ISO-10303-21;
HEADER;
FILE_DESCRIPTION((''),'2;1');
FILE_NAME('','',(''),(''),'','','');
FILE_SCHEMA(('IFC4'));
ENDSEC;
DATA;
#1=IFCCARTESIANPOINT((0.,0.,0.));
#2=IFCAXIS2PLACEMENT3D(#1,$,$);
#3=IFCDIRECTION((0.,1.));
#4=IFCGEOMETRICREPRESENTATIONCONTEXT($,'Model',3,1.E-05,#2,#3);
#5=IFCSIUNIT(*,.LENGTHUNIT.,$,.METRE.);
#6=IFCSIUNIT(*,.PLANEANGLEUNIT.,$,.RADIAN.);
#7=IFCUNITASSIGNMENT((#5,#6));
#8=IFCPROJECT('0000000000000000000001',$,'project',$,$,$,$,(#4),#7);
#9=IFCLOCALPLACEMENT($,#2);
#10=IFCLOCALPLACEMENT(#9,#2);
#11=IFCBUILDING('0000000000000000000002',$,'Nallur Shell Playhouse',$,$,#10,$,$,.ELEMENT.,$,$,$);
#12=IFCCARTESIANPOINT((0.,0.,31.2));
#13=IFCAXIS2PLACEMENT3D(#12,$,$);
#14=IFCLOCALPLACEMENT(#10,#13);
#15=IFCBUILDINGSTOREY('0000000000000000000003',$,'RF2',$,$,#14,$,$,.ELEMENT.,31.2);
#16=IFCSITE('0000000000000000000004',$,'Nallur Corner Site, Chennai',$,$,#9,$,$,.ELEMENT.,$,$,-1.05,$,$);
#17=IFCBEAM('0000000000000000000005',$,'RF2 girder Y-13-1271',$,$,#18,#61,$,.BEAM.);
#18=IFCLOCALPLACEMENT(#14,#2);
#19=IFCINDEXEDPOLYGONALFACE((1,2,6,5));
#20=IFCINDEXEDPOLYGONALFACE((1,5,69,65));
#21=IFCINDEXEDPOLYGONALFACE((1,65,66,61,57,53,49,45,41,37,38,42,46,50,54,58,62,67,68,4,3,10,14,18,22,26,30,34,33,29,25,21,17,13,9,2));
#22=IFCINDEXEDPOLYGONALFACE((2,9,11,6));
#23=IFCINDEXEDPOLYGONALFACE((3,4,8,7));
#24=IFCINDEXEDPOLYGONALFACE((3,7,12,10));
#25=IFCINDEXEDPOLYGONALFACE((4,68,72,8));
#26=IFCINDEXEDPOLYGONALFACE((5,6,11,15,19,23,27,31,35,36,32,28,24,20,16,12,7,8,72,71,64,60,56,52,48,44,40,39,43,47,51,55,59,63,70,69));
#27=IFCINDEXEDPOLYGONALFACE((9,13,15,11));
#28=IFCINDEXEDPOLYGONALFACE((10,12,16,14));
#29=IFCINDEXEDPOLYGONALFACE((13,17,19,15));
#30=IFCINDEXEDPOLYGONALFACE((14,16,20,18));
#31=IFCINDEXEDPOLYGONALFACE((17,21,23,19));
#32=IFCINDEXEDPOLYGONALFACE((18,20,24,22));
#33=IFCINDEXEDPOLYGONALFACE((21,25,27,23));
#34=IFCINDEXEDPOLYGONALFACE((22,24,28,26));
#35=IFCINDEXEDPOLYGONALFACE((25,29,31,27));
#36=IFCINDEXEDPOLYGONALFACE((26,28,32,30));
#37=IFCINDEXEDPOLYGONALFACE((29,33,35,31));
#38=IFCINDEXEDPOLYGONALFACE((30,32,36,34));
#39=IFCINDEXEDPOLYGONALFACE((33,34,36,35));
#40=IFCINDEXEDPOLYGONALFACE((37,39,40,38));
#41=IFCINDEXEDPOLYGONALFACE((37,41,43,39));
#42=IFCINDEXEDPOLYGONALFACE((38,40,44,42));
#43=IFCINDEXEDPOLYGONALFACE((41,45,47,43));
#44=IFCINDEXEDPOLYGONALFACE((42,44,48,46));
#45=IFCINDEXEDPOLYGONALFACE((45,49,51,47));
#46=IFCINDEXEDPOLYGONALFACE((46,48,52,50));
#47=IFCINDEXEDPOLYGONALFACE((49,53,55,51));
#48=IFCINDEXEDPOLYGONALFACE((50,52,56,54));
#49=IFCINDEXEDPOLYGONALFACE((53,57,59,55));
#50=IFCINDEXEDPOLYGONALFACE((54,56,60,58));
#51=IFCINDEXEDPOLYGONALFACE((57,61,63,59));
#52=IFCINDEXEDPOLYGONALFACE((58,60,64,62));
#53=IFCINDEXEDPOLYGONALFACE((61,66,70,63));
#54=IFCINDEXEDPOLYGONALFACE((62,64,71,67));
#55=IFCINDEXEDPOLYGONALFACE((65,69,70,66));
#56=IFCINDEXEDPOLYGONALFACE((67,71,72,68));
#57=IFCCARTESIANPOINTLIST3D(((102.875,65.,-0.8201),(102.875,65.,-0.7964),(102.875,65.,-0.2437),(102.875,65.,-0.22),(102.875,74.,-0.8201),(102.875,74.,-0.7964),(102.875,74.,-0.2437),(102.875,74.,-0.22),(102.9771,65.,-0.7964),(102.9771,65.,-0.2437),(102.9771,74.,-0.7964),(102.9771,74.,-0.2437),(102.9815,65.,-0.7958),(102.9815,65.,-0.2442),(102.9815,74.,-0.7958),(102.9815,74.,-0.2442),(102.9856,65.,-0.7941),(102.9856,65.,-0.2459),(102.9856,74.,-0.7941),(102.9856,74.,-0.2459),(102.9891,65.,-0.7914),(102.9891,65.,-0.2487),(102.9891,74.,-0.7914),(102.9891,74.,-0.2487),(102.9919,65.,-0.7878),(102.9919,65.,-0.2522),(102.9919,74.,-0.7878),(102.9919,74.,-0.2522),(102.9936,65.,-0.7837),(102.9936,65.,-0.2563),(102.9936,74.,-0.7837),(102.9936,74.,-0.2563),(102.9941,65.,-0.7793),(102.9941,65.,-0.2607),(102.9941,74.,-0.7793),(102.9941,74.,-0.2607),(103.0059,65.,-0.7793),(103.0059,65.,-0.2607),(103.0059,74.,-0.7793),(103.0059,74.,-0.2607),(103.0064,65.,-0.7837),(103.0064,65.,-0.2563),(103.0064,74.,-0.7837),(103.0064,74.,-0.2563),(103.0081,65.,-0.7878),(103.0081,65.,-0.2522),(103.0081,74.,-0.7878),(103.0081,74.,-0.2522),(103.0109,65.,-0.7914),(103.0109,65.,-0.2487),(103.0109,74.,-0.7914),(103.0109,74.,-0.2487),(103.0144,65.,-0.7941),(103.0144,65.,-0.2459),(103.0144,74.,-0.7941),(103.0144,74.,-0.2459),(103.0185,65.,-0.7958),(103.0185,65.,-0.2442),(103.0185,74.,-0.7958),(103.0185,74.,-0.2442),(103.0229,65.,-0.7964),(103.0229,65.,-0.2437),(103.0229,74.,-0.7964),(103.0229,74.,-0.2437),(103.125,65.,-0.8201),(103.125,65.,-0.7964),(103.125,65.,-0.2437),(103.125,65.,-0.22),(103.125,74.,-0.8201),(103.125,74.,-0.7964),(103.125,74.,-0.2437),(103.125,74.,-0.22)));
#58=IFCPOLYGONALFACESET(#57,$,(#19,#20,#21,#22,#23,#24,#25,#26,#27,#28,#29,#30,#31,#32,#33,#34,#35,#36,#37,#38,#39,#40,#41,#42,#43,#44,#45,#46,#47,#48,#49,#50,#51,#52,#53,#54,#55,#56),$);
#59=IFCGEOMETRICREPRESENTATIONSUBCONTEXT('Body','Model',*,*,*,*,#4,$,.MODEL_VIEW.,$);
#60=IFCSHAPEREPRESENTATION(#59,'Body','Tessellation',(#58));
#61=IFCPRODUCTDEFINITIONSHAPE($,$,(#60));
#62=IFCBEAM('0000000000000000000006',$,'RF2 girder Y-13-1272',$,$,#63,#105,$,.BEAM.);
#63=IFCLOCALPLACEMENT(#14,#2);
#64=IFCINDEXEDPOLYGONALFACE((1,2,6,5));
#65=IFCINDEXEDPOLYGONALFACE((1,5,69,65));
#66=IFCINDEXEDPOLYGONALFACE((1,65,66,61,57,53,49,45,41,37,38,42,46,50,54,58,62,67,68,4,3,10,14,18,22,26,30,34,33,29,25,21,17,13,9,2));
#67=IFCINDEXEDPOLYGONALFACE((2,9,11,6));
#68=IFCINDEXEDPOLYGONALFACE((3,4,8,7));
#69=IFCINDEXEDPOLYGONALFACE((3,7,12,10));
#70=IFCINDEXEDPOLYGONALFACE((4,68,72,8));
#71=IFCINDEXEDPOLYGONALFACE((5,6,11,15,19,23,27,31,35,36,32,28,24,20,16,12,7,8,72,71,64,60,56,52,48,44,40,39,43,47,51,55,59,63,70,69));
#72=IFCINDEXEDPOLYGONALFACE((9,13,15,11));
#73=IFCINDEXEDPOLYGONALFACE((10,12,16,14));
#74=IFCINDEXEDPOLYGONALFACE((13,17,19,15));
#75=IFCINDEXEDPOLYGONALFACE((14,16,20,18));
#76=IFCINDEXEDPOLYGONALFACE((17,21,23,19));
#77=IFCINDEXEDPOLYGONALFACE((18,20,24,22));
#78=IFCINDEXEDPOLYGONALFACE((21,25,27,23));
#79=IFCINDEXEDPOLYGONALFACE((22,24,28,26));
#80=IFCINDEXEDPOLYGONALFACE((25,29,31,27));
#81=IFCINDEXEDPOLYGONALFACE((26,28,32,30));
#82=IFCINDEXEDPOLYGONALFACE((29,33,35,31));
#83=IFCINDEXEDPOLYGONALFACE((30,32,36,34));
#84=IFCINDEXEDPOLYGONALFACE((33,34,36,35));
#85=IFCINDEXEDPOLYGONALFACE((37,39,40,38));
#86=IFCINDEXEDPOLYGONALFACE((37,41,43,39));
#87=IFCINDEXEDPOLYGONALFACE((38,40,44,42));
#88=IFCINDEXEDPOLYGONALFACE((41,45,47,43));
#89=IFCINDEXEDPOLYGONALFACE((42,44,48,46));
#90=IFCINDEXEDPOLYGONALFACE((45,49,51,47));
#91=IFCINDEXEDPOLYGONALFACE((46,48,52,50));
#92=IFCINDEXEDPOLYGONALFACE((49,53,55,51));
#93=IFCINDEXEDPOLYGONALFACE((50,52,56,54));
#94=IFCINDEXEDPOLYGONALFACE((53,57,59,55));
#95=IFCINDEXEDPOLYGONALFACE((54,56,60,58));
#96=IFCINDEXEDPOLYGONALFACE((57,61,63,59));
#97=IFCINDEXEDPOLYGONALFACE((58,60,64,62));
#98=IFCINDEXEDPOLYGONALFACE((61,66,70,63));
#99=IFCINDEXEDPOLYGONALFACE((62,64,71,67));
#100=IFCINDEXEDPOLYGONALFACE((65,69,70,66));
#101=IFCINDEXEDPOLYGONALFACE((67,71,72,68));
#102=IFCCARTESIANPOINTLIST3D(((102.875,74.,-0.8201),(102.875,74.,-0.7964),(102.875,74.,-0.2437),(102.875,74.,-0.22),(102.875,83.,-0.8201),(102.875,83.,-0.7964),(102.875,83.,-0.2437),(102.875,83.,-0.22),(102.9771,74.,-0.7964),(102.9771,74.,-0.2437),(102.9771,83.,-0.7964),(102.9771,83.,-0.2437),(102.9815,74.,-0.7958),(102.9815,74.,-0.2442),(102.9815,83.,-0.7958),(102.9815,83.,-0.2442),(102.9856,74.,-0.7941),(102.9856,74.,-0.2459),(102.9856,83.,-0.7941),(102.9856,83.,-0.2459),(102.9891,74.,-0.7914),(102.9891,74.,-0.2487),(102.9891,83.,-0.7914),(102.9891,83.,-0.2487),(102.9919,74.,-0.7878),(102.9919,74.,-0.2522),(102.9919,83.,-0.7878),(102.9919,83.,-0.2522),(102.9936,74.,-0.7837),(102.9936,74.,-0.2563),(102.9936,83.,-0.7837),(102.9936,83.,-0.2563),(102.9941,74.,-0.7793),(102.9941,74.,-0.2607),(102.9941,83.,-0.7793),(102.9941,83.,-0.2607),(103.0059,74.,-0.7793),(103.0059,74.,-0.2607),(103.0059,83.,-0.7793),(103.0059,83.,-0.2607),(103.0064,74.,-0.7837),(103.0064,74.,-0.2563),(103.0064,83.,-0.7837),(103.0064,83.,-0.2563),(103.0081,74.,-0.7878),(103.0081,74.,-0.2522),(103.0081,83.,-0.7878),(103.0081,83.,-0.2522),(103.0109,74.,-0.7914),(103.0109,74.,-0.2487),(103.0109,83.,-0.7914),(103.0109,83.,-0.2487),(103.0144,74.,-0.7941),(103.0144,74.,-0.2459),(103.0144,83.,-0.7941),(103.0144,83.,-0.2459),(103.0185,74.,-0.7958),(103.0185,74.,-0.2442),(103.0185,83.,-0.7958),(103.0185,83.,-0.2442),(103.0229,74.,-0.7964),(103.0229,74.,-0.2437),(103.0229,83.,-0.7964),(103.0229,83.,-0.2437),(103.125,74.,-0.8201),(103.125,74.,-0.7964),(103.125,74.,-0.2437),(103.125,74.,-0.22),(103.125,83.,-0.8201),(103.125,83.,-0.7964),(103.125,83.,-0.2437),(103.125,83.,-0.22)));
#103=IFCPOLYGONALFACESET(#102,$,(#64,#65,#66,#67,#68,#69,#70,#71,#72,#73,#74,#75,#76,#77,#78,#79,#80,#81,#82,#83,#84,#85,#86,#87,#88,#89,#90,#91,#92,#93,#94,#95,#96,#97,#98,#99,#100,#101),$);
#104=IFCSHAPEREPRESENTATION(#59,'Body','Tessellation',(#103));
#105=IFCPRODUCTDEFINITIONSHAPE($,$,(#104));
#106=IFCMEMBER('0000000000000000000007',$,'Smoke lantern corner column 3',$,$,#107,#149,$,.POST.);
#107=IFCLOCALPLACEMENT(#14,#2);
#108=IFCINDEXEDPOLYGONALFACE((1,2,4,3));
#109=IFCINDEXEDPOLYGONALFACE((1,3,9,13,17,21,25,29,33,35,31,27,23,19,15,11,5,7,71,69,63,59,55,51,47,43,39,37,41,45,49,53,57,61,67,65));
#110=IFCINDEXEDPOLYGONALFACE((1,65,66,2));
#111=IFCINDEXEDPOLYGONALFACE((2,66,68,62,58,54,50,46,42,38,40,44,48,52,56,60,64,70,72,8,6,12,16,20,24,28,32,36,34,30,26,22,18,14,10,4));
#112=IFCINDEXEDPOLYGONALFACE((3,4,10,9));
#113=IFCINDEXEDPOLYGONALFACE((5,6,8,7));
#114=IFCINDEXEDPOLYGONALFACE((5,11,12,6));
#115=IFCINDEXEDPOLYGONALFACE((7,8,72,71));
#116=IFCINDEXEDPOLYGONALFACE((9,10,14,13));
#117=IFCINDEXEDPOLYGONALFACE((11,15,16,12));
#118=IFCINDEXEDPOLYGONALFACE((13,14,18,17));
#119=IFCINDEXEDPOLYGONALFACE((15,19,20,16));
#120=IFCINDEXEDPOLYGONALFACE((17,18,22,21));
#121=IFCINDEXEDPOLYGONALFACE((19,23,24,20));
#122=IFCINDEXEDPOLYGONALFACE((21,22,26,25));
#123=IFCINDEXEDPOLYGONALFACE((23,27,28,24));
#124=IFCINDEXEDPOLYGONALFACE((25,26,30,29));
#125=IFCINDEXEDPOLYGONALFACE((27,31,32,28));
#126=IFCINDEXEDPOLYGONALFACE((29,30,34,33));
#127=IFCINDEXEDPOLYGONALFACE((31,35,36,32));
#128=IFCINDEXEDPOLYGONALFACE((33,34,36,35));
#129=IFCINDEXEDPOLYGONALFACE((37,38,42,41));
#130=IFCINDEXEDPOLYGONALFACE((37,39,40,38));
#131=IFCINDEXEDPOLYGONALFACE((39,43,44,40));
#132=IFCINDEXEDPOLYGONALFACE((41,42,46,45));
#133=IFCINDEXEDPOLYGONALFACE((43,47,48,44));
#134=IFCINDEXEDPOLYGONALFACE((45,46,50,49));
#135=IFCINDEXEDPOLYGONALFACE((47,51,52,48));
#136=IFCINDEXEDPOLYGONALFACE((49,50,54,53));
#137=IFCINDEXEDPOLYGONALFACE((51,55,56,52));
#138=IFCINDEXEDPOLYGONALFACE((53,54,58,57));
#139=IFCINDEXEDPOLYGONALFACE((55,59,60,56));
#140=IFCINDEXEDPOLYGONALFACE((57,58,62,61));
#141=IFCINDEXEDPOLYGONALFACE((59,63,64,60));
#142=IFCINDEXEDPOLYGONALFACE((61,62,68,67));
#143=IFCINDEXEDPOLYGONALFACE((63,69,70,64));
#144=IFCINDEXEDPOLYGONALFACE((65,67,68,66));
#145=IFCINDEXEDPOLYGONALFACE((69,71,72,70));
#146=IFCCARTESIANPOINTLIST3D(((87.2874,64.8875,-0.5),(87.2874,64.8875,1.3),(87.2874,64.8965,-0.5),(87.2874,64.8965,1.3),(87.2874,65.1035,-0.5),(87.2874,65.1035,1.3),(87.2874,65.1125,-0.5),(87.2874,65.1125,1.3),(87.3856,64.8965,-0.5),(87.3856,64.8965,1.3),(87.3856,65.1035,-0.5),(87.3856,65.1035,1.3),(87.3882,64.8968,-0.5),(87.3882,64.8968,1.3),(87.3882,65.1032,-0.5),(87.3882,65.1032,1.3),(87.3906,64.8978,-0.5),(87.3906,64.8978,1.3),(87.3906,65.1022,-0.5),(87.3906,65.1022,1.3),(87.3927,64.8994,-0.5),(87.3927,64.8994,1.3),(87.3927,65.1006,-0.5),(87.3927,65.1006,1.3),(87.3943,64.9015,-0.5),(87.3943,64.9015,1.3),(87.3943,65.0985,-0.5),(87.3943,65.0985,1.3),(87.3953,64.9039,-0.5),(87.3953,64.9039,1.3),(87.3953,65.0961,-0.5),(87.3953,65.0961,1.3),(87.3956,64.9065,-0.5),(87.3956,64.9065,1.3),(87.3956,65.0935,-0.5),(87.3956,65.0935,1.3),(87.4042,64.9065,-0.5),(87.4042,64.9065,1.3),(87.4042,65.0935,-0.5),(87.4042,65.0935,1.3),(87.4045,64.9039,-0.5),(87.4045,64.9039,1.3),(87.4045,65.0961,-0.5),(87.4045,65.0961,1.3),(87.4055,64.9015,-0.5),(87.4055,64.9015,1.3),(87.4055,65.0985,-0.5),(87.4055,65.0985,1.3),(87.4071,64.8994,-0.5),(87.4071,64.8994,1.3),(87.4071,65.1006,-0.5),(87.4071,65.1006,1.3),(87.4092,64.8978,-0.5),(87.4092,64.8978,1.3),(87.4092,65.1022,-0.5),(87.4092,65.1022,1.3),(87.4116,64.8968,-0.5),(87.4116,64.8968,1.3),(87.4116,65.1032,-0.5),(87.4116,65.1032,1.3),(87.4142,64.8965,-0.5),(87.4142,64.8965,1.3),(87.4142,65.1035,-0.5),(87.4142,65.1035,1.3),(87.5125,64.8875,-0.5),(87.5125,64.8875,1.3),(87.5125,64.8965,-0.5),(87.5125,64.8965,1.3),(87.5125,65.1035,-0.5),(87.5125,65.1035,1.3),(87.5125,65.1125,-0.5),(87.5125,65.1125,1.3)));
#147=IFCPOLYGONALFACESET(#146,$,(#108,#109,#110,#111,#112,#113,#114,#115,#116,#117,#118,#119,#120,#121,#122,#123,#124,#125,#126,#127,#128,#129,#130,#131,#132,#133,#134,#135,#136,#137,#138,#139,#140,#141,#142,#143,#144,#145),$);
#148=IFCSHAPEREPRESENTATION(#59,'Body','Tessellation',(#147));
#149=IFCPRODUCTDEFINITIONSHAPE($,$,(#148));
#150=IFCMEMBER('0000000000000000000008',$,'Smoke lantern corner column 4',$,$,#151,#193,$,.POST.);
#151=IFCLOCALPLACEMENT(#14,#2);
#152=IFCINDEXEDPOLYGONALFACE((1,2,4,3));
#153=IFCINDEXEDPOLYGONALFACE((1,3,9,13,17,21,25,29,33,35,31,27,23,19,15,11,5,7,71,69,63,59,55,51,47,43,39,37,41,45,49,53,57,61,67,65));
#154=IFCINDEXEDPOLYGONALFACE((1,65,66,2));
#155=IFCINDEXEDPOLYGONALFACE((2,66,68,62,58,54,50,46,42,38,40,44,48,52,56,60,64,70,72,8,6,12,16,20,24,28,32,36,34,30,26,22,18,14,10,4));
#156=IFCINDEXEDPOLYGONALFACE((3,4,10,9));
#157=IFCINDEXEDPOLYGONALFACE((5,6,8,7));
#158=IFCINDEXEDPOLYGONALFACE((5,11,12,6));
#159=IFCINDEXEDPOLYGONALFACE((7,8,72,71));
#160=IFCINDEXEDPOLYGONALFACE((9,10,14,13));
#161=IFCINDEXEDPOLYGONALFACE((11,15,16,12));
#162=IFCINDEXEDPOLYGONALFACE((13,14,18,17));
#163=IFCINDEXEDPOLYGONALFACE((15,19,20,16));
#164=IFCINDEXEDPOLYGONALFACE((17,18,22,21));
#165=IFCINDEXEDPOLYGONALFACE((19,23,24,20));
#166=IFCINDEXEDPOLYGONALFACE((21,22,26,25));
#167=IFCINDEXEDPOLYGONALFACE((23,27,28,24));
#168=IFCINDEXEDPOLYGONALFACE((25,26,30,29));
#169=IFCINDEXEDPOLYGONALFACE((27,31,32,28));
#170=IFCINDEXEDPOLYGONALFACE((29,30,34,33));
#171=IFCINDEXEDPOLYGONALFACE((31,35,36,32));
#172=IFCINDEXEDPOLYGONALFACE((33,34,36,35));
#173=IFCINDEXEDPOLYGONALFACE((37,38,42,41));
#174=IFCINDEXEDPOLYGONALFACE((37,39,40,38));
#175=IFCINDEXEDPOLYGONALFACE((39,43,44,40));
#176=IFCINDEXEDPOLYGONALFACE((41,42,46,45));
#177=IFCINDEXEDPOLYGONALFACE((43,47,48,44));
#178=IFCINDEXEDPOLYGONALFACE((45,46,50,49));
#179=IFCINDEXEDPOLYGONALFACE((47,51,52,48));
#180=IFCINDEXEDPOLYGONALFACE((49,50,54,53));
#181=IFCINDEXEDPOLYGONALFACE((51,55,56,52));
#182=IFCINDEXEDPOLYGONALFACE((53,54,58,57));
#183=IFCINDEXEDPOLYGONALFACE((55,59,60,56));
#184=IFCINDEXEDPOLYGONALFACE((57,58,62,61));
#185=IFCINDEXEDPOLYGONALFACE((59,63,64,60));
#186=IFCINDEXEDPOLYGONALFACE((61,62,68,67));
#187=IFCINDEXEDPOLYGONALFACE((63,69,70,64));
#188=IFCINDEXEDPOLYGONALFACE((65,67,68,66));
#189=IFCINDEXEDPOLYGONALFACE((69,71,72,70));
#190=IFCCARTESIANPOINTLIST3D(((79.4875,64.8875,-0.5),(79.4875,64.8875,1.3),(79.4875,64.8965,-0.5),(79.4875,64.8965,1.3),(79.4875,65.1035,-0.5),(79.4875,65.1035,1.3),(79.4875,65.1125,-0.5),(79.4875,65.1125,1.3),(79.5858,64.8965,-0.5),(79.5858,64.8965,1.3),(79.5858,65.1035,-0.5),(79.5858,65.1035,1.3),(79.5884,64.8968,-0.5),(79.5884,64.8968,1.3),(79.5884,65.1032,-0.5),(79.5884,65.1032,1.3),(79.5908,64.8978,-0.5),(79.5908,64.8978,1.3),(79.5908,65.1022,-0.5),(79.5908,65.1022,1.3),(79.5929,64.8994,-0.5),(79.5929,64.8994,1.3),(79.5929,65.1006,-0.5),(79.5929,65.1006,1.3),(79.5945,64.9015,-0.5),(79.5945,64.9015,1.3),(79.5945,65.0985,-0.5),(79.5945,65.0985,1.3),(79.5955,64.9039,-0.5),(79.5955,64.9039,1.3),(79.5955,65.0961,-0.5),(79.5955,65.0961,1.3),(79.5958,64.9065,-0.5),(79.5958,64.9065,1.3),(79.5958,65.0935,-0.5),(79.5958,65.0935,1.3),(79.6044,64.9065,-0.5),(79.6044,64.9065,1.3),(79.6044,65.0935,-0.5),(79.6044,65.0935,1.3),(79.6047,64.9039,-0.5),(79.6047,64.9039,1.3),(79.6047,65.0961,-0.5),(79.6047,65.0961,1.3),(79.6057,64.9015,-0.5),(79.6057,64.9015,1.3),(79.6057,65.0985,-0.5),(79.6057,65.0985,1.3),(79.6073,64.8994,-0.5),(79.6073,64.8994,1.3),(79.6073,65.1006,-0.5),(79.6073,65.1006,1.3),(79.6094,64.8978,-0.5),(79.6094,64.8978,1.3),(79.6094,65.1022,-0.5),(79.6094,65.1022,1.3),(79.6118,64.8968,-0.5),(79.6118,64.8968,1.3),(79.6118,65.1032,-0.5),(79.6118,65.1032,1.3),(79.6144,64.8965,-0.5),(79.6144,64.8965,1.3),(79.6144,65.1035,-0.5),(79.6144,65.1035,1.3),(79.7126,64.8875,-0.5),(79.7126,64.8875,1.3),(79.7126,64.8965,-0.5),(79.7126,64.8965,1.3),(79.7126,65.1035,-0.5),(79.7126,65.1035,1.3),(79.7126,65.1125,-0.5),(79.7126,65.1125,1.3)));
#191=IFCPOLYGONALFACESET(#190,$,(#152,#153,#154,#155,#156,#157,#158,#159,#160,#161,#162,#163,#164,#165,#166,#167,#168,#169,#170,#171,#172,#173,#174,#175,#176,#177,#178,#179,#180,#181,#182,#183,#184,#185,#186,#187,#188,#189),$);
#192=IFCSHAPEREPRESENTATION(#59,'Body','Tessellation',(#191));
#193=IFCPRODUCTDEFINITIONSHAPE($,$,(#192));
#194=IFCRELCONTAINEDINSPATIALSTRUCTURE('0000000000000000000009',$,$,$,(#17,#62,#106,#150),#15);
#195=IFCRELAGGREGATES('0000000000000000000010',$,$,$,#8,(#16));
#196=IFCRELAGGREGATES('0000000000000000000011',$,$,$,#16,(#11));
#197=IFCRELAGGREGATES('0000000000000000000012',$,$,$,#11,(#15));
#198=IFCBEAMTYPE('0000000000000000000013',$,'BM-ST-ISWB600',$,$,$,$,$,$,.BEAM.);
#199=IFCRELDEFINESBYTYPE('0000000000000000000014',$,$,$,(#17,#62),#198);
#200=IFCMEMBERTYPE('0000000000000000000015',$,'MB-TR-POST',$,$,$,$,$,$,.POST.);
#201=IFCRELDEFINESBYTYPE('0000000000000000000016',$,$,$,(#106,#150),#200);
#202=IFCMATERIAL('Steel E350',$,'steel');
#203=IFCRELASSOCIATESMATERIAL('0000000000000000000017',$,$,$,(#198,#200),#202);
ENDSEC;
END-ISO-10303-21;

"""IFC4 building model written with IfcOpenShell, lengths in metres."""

from ifc_helpers import new_model, si_unit, direction, frame, origin, origin_2d, place, context, subcontext, project, spatial, i_section, extrude, material, material_profile, profile_set, type_object, element, save


model = new_model("IFC4")

# Units and contexts
model_context = context("Model", 3, precision=1e-05, world=origin(), true_north=direction((0.0, 1.0)))
body_context = subcontext(model_context, "Body", "Model", "MODEL_VIEW")
ifc_project = project(units=[si_unit("LENGTHUNIT", "METRE"), si_unit("PLANEANGLEUNIT", "RADIAN")], contexts=[model_context])

# Site, building, storey
site_placement = place(None, origin())
site = spatial("IfcSite", under=ifc_project, at=site_placement, Name="Nallur Corner Site, Chennai", CompositionType="ELEMENT", RefElevation=-1.05)
building_placement = place(site_placement, origin())
building = spatial("IfcBuilding", under=site, at=building_placement, Name="Nallur Shell Playhouse", CompositionType="ELEMENT")
storey_placement = place(building_placement, frame((0.0, 0.0, 31.2)))
storey = spatial("IfcBuildingStorey", under=building, at=storey_placement, Name="RF2", CompositionType="ELEMENT", Elevation=31.2)

# Beams
ifc_material_1 = material(Name="Steel E350", Category="steel")
ifc_material_profile_1 = material_profile(ifc_material_1, i_section(OverallWidth=0.25, OverallDepth=0.6001, WebThickness=0.0117, FlangeThickness=0.0237, FilletRadius=0.0171, at=origin_2d()), Name="ISWB 600")
ifc_profile_set_1 = profile_set([ifc_material_profile_1], Name="Steel E350")
beam_type_1 = type_object("IfcBeamType", Name="BM-ST-ISWB600", PredefinedType="BEAM", material=ifc_profile_set_1)
for number, where, z_axis, x_axis, name in (
    (1, (103.0, 65.0, -0.52), (0.0, 1.0, 0.0), (-1.0, 0.0, 0.0), "RF2 girder Y-13-1271"),
    (2, (103.0, 74.0, -0.52), (0.0, 1.0, 0.0), (-1.0, 0.0, 0.0), "RF2 girder Y-13-1272"),
):
    element("IfcBeam", number, at=place(storey_placement, frame(where, z_axis=z_axis, x_axis=x_axis)), inside=storey, type_object=beam_type_1, Name=name, PredefinedType="BEAM", context=body_context, shape_type="SweptSolid", body=[
        extrude(i_section(OverallWidth=0.25, OverallDepth=0.6001, WebThickness=0.0117, FlangeThickness=0.0237, FilletRadius=0.0171, at=origin_2d()), origin(), (0.0, 0.0, 1.0), 9.0),
    ])

# Members
ifc_material_profile_2 = material_profile(ifc_material_1, i_section(OverallWidth=0.2251, OverallDepth=0.2251, WebThickness=0.0085, FlangeThickness=0.009, FilletRadius=0.01, at=origin_2d()), Name="ISHB 225")
ifc_profile_set_2 = profile_set([ifc_material_profile_2], Name="Steel E350")
member_type = type_object("IfcMemberType", Name="MB-TR-POST", PredefinedType="POST", material=ifc_profile_set_2)
for number, where, z_axis, x_axis, name in (
    (3, (87.3999, 65.0, -0.5), (0.0, 0.0, 1.0), (1.0, 0.0, 0.0), "Smoke lantern corner column 3"),
    (4, (79.6001, 65.0, -0.5), (0.0, 0.0, 1.0), (1.0, 0.0, 0.0), "Smoke lantern corner column 4"),
):
    element("IfcMember", number, at=place(storey_placement, frame(where, z_axis=z_axis, x_axis=x_axis)), inside=storey, type_object=member_type, Name=name, PredefinedType="POST", context=body_context, shape_type="SweptSolid", body=[
        extrude(i_section(OverallWidth=0.2251, OverallDepth=0.2251, WebThickness=0.0085, FlangeThickness=0.009, FilletRadius=0.01, at=origin_2d()), origin(), (0.0, 0.0, 1.0), 1.8),
    ])

save(model, "model.ifc")
